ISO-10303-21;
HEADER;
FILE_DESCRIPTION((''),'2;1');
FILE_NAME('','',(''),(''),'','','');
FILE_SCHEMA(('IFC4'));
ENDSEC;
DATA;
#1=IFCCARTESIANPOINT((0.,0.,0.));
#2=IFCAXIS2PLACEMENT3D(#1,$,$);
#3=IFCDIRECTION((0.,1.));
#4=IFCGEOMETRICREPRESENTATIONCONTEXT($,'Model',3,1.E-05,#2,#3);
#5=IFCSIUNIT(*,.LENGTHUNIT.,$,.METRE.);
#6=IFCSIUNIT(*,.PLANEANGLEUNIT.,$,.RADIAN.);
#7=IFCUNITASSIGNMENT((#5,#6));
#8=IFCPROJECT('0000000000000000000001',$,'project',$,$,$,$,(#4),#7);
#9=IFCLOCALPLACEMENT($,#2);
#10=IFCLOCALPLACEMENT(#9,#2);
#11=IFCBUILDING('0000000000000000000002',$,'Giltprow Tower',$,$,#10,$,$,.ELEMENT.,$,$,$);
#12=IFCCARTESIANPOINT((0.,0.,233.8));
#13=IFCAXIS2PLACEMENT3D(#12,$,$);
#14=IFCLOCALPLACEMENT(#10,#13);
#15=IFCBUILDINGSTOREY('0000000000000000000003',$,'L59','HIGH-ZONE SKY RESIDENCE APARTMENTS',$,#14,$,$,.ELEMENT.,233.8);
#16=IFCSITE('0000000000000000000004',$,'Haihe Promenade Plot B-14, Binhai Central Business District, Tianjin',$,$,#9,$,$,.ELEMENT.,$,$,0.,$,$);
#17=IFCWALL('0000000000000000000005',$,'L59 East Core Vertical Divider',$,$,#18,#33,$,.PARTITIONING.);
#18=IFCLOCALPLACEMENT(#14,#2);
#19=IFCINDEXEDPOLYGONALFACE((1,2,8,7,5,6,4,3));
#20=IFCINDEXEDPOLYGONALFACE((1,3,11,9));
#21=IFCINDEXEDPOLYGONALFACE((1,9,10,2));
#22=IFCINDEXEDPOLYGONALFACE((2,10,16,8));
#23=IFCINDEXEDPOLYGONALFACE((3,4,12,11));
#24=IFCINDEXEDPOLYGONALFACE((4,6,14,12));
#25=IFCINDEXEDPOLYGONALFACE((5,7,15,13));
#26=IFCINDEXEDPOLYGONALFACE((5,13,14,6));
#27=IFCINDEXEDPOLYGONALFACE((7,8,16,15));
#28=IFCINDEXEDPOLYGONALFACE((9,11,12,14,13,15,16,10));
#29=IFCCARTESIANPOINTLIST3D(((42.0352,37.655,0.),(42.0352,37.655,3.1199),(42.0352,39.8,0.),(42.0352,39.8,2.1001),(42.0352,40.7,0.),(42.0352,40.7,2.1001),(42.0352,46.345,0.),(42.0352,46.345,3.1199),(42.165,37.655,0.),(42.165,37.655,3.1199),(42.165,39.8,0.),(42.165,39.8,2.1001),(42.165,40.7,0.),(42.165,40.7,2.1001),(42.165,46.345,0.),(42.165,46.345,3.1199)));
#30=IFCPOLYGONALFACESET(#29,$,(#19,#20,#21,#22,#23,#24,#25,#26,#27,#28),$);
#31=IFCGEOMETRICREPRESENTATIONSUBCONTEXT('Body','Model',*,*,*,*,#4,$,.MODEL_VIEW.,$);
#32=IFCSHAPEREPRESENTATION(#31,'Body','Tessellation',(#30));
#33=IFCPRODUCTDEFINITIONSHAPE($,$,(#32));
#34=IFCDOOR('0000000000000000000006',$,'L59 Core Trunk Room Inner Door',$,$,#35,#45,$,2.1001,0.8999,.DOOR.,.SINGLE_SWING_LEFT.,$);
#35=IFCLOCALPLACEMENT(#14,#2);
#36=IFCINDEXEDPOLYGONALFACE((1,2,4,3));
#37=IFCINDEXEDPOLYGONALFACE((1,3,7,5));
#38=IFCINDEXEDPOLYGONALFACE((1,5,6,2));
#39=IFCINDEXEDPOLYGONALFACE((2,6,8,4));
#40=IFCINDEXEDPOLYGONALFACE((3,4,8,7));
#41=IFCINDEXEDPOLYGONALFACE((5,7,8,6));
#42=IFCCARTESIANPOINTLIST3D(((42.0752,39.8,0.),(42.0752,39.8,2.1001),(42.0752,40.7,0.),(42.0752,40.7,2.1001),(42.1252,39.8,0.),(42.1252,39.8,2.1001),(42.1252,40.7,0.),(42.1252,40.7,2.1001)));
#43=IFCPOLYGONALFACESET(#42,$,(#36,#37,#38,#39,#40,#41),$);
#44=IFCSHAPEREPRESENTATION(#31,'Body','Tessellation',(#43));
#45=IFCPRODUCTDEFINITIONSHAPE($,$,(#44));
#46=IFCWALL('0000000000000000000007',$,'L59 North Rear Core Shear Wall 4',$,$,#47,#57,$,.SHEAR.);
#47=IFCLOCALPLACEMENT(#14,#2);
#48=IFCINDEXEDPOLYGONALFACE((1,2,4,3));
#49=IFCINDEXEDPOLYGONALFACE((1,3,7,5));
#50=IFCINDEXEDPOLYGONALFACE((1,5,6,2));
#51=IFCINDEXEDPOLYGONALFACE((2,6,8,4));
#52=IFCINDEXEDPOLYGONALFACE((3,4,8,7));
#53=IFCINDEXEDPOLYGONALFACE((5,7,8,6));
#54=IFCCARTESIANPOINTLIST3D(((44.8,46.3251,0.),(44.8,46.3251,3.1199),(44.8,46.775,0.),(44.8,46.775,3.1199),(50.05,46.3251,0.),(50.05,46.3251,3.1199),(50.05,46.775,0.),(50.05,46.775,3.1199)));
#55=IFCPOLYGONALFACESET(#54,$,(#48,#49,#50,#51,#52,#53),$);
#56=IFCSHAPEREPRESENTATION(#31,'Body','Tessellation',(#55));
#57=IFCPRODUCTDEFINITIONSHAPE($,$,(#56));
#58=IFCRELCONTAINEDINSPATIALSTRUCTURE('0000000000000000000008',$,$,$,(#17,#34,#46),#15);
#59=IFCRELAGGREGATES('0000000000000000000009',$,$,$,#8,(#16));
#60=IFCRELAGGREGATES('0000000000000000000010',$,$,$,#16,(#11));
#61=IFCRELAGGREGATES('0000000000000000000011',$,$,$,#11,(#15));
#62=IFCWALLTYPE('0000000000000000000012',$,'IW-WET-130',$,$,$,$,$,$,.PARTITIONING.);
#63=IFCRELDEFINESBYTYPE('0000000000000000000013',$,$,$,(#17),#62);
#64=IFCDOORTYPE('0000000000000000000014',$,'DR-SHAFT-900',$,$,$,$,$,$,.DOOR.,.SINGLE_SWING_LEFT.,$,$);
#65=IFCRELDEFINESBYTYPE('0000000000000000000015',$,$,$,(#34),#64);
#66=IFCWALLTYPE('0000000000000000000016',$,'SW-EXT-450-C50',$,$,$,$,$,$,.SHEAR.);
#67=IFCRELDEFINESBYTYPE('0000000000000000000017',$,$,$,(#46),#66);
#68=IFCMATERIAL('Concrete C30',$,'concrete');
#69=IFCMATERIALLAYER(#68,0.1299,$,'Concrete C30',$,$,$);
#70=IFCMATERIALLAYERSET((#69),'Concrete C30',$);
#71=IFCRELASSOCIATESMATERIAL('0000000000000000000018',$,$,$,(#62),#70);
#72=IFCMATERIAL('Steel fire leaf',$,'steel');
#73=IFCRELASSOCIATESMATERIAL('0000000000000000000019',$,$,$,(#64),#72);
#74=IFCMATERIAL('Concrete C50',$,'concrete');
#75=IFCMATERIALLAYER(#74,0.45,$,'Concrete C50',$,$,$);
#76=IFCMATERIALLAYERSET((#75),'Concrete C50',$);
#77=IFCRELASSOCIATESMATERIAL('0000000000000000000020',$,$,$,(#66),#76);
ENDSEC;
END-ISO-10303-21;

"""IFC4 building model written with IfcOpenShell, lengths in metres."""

from ifc_helpers import new_model, si_unit, direction, frame, frame_2d, origin, place, context, subcontext, project, spatial, rectangle, extrude, source, transform, mapped, material, layer, layer_set, type_object, element, fill, save


model = new_model("IFC4")

# Units and contexts
model_context = context("Model", 3, precision=1e-05, world=origin(), true_north=direction((0.0, 1.0)))
body_context = subcontext(model_context, "Body", "Model", "MODEL_VIEW")
ifc_project = project(units=[si_unit("LENGTHUNIT", "METRE"), si_unit("PLANEANGLEUNIT", "RADIAN")], contexts=[model_context])

# Site, building, storey
site_placement = place(None, origin())
site = spatial("IfcSite", under=ifc_project, at=site_placement, Name="Haihe Promenade Plot B-14, Binhai Central Business District, Tianjin", CompositionType="ELEMENT", RefElevation=0.0)
building_placement = place(site_placement, origin())
building = spatial("IfcBuilding", under=site, at=building_placement, Name="Giltprow Tower", CompositionType="ELEMENT")
storey_placement = place(building_placement, frame((0.0, 0.0, 233.8)))
storey = spatial("IfcBuildingStorey", under=building, at=storey_placement, Name="L59", Description="HIGH-ZONE SKY RESIDENCE APARTMENTS", CompositionType="ELEMENT", Elevation=233.8)

# Shared definitions
ifc_material_1 = material(Name="Concrete C50", Category="concrete")

# Shared definitions
ifc_material_2 = material(Name="Steel fire leaf", Category="steel")

# Wall, opening, door
ifc_material_3 = material(Name="Concrete C30", Category="concrete")
ifc_layer_1 = layer(ifc_material_3, 0.1299, Name="Concrete C30")
ifc_layer_set_1 = layer_set([ifc_layer_1], Name="Concrete C30")
wall_type_1 = type_object("IfcWallType", Name="IW-WET-130", PredefinedType="PARTITIONING", material=ifc_layer_set_1)
door_type_1 = type_object("IfcDoorType", Name="DR-SHAFT-900", OperationType="SINGLE_SWING_LEFT", PredefinedType="DOOR", material=ifc_material_2)
shared_shape_1 = source(origin(), body_context, "Body", "SweptSolid", [
    extrude(rectangle(XDim=0.8999, YDim=2.1001, at=frame_2d((0.45, 1.05))), frame((0.0, 0.0249, 0.0), z_axis=(0.0, -1.0, 0.0), x_axis=(1.0, 0.0, 0.0)), (0.0, 0.0, 1.0), 0.05),
])
wall_1_placement = place(storey_placement, frame((42.1001, 37.655, 0.0), z_axis=(0.0, 0.0, 1.0), x_axis=(0.0, 1.0, 0.0)))
wall_1 = element("IfcWall", 1, at=wall_1_placement, inside=storey, type_object=wall_type_1, Name="L59 East Core Vertical Divider", PredefinedType="PARTITIONING", context=body_context, shape_type="SweptSolid", body=[
    extrude(rectangle(XDim=8.6899, YDim=0.1299, at=frame_2d((4.345, 0.0))), origin(), (0.0, 0.0, 1.0), 3.1199),
])
opening_1_placement = place(wall_1_placement, frame((2.145, 0.0, 0.0)))
opening_1 = element("IfcOpeningElement", 2, at=opening_1_placement, cuts=wall_1, PredefinedType="OPENING", context=body_context, shape_type="SweptSolid", body=[
    extrude(rectangle(XDim=0.8999, YDim=2.1001, at=frame_2d((0.45, 1.05))), frame((0.0, 0.075, 0.0), z_axis=(0.0, -1.0, 0.0), x_axis=(1.0, 0.0, 0.0)), (0.0, 0.0, 1.0), 0.1499),
])
door_1_placement = place(opening_1_placement, origin())
door_1 = element("IfcDoor", 3, at=door_1_placement, inside=storey, type_object=door_type_1, Name="L59 Core Trunk Room Inner Door", OperationType="SINGLE_SWING_LEFT", OverallHeight=2.1001, OverallWidth=0.8999, PredefinedType="DOOR", context=body_context, shape_type="MappedRepresentation", body=[
    mapped(shared_shape_1, transform((0.0, 0.0, 0.0), x_axis=(1.0, 0.0, 0.0), y_axis=(0.0, 1.0, 0.0), z_axis=(0.0, 0.0, 1.0), scale=1.0)),
])
fill(opening_1, door_1)

# Wall
ifc_layer_2 = layer(ifc_material_1, 0.45, Name="Concrete C50")
ifc_layer_set_2 = layer_set([ifc_layer_2], Name="Concrete C50")
wall_type_2 = type_object("IfcWallType", Name="SW-EXT-450-C50", PredefinedType="SHEAR", material=ifc_layer_set_2)
wall_2_placement = place(storey_placement, frame((44.8, 46.55, 0.0), z_axis=(0.0, 0.0, 1.0), x_axis=(1.0, 0.0, 0.0)))
element("IfcWall", 4, at=wall_2_placement, inside=storey, type_object=wall_type_2, Name="L59 North Rear Core Shear Wall 4", PredefinedType="SHEAR", context=body_context, shape_type="SweptSolid", body=[
    extrude(rectangle(XDim=5.25, YDim=0.45, at=frame_2d((2.625, 0.0))), origin(), (0.0, 0.0, 1.0), 3.1199),
])

save(model, "model.ifc")
